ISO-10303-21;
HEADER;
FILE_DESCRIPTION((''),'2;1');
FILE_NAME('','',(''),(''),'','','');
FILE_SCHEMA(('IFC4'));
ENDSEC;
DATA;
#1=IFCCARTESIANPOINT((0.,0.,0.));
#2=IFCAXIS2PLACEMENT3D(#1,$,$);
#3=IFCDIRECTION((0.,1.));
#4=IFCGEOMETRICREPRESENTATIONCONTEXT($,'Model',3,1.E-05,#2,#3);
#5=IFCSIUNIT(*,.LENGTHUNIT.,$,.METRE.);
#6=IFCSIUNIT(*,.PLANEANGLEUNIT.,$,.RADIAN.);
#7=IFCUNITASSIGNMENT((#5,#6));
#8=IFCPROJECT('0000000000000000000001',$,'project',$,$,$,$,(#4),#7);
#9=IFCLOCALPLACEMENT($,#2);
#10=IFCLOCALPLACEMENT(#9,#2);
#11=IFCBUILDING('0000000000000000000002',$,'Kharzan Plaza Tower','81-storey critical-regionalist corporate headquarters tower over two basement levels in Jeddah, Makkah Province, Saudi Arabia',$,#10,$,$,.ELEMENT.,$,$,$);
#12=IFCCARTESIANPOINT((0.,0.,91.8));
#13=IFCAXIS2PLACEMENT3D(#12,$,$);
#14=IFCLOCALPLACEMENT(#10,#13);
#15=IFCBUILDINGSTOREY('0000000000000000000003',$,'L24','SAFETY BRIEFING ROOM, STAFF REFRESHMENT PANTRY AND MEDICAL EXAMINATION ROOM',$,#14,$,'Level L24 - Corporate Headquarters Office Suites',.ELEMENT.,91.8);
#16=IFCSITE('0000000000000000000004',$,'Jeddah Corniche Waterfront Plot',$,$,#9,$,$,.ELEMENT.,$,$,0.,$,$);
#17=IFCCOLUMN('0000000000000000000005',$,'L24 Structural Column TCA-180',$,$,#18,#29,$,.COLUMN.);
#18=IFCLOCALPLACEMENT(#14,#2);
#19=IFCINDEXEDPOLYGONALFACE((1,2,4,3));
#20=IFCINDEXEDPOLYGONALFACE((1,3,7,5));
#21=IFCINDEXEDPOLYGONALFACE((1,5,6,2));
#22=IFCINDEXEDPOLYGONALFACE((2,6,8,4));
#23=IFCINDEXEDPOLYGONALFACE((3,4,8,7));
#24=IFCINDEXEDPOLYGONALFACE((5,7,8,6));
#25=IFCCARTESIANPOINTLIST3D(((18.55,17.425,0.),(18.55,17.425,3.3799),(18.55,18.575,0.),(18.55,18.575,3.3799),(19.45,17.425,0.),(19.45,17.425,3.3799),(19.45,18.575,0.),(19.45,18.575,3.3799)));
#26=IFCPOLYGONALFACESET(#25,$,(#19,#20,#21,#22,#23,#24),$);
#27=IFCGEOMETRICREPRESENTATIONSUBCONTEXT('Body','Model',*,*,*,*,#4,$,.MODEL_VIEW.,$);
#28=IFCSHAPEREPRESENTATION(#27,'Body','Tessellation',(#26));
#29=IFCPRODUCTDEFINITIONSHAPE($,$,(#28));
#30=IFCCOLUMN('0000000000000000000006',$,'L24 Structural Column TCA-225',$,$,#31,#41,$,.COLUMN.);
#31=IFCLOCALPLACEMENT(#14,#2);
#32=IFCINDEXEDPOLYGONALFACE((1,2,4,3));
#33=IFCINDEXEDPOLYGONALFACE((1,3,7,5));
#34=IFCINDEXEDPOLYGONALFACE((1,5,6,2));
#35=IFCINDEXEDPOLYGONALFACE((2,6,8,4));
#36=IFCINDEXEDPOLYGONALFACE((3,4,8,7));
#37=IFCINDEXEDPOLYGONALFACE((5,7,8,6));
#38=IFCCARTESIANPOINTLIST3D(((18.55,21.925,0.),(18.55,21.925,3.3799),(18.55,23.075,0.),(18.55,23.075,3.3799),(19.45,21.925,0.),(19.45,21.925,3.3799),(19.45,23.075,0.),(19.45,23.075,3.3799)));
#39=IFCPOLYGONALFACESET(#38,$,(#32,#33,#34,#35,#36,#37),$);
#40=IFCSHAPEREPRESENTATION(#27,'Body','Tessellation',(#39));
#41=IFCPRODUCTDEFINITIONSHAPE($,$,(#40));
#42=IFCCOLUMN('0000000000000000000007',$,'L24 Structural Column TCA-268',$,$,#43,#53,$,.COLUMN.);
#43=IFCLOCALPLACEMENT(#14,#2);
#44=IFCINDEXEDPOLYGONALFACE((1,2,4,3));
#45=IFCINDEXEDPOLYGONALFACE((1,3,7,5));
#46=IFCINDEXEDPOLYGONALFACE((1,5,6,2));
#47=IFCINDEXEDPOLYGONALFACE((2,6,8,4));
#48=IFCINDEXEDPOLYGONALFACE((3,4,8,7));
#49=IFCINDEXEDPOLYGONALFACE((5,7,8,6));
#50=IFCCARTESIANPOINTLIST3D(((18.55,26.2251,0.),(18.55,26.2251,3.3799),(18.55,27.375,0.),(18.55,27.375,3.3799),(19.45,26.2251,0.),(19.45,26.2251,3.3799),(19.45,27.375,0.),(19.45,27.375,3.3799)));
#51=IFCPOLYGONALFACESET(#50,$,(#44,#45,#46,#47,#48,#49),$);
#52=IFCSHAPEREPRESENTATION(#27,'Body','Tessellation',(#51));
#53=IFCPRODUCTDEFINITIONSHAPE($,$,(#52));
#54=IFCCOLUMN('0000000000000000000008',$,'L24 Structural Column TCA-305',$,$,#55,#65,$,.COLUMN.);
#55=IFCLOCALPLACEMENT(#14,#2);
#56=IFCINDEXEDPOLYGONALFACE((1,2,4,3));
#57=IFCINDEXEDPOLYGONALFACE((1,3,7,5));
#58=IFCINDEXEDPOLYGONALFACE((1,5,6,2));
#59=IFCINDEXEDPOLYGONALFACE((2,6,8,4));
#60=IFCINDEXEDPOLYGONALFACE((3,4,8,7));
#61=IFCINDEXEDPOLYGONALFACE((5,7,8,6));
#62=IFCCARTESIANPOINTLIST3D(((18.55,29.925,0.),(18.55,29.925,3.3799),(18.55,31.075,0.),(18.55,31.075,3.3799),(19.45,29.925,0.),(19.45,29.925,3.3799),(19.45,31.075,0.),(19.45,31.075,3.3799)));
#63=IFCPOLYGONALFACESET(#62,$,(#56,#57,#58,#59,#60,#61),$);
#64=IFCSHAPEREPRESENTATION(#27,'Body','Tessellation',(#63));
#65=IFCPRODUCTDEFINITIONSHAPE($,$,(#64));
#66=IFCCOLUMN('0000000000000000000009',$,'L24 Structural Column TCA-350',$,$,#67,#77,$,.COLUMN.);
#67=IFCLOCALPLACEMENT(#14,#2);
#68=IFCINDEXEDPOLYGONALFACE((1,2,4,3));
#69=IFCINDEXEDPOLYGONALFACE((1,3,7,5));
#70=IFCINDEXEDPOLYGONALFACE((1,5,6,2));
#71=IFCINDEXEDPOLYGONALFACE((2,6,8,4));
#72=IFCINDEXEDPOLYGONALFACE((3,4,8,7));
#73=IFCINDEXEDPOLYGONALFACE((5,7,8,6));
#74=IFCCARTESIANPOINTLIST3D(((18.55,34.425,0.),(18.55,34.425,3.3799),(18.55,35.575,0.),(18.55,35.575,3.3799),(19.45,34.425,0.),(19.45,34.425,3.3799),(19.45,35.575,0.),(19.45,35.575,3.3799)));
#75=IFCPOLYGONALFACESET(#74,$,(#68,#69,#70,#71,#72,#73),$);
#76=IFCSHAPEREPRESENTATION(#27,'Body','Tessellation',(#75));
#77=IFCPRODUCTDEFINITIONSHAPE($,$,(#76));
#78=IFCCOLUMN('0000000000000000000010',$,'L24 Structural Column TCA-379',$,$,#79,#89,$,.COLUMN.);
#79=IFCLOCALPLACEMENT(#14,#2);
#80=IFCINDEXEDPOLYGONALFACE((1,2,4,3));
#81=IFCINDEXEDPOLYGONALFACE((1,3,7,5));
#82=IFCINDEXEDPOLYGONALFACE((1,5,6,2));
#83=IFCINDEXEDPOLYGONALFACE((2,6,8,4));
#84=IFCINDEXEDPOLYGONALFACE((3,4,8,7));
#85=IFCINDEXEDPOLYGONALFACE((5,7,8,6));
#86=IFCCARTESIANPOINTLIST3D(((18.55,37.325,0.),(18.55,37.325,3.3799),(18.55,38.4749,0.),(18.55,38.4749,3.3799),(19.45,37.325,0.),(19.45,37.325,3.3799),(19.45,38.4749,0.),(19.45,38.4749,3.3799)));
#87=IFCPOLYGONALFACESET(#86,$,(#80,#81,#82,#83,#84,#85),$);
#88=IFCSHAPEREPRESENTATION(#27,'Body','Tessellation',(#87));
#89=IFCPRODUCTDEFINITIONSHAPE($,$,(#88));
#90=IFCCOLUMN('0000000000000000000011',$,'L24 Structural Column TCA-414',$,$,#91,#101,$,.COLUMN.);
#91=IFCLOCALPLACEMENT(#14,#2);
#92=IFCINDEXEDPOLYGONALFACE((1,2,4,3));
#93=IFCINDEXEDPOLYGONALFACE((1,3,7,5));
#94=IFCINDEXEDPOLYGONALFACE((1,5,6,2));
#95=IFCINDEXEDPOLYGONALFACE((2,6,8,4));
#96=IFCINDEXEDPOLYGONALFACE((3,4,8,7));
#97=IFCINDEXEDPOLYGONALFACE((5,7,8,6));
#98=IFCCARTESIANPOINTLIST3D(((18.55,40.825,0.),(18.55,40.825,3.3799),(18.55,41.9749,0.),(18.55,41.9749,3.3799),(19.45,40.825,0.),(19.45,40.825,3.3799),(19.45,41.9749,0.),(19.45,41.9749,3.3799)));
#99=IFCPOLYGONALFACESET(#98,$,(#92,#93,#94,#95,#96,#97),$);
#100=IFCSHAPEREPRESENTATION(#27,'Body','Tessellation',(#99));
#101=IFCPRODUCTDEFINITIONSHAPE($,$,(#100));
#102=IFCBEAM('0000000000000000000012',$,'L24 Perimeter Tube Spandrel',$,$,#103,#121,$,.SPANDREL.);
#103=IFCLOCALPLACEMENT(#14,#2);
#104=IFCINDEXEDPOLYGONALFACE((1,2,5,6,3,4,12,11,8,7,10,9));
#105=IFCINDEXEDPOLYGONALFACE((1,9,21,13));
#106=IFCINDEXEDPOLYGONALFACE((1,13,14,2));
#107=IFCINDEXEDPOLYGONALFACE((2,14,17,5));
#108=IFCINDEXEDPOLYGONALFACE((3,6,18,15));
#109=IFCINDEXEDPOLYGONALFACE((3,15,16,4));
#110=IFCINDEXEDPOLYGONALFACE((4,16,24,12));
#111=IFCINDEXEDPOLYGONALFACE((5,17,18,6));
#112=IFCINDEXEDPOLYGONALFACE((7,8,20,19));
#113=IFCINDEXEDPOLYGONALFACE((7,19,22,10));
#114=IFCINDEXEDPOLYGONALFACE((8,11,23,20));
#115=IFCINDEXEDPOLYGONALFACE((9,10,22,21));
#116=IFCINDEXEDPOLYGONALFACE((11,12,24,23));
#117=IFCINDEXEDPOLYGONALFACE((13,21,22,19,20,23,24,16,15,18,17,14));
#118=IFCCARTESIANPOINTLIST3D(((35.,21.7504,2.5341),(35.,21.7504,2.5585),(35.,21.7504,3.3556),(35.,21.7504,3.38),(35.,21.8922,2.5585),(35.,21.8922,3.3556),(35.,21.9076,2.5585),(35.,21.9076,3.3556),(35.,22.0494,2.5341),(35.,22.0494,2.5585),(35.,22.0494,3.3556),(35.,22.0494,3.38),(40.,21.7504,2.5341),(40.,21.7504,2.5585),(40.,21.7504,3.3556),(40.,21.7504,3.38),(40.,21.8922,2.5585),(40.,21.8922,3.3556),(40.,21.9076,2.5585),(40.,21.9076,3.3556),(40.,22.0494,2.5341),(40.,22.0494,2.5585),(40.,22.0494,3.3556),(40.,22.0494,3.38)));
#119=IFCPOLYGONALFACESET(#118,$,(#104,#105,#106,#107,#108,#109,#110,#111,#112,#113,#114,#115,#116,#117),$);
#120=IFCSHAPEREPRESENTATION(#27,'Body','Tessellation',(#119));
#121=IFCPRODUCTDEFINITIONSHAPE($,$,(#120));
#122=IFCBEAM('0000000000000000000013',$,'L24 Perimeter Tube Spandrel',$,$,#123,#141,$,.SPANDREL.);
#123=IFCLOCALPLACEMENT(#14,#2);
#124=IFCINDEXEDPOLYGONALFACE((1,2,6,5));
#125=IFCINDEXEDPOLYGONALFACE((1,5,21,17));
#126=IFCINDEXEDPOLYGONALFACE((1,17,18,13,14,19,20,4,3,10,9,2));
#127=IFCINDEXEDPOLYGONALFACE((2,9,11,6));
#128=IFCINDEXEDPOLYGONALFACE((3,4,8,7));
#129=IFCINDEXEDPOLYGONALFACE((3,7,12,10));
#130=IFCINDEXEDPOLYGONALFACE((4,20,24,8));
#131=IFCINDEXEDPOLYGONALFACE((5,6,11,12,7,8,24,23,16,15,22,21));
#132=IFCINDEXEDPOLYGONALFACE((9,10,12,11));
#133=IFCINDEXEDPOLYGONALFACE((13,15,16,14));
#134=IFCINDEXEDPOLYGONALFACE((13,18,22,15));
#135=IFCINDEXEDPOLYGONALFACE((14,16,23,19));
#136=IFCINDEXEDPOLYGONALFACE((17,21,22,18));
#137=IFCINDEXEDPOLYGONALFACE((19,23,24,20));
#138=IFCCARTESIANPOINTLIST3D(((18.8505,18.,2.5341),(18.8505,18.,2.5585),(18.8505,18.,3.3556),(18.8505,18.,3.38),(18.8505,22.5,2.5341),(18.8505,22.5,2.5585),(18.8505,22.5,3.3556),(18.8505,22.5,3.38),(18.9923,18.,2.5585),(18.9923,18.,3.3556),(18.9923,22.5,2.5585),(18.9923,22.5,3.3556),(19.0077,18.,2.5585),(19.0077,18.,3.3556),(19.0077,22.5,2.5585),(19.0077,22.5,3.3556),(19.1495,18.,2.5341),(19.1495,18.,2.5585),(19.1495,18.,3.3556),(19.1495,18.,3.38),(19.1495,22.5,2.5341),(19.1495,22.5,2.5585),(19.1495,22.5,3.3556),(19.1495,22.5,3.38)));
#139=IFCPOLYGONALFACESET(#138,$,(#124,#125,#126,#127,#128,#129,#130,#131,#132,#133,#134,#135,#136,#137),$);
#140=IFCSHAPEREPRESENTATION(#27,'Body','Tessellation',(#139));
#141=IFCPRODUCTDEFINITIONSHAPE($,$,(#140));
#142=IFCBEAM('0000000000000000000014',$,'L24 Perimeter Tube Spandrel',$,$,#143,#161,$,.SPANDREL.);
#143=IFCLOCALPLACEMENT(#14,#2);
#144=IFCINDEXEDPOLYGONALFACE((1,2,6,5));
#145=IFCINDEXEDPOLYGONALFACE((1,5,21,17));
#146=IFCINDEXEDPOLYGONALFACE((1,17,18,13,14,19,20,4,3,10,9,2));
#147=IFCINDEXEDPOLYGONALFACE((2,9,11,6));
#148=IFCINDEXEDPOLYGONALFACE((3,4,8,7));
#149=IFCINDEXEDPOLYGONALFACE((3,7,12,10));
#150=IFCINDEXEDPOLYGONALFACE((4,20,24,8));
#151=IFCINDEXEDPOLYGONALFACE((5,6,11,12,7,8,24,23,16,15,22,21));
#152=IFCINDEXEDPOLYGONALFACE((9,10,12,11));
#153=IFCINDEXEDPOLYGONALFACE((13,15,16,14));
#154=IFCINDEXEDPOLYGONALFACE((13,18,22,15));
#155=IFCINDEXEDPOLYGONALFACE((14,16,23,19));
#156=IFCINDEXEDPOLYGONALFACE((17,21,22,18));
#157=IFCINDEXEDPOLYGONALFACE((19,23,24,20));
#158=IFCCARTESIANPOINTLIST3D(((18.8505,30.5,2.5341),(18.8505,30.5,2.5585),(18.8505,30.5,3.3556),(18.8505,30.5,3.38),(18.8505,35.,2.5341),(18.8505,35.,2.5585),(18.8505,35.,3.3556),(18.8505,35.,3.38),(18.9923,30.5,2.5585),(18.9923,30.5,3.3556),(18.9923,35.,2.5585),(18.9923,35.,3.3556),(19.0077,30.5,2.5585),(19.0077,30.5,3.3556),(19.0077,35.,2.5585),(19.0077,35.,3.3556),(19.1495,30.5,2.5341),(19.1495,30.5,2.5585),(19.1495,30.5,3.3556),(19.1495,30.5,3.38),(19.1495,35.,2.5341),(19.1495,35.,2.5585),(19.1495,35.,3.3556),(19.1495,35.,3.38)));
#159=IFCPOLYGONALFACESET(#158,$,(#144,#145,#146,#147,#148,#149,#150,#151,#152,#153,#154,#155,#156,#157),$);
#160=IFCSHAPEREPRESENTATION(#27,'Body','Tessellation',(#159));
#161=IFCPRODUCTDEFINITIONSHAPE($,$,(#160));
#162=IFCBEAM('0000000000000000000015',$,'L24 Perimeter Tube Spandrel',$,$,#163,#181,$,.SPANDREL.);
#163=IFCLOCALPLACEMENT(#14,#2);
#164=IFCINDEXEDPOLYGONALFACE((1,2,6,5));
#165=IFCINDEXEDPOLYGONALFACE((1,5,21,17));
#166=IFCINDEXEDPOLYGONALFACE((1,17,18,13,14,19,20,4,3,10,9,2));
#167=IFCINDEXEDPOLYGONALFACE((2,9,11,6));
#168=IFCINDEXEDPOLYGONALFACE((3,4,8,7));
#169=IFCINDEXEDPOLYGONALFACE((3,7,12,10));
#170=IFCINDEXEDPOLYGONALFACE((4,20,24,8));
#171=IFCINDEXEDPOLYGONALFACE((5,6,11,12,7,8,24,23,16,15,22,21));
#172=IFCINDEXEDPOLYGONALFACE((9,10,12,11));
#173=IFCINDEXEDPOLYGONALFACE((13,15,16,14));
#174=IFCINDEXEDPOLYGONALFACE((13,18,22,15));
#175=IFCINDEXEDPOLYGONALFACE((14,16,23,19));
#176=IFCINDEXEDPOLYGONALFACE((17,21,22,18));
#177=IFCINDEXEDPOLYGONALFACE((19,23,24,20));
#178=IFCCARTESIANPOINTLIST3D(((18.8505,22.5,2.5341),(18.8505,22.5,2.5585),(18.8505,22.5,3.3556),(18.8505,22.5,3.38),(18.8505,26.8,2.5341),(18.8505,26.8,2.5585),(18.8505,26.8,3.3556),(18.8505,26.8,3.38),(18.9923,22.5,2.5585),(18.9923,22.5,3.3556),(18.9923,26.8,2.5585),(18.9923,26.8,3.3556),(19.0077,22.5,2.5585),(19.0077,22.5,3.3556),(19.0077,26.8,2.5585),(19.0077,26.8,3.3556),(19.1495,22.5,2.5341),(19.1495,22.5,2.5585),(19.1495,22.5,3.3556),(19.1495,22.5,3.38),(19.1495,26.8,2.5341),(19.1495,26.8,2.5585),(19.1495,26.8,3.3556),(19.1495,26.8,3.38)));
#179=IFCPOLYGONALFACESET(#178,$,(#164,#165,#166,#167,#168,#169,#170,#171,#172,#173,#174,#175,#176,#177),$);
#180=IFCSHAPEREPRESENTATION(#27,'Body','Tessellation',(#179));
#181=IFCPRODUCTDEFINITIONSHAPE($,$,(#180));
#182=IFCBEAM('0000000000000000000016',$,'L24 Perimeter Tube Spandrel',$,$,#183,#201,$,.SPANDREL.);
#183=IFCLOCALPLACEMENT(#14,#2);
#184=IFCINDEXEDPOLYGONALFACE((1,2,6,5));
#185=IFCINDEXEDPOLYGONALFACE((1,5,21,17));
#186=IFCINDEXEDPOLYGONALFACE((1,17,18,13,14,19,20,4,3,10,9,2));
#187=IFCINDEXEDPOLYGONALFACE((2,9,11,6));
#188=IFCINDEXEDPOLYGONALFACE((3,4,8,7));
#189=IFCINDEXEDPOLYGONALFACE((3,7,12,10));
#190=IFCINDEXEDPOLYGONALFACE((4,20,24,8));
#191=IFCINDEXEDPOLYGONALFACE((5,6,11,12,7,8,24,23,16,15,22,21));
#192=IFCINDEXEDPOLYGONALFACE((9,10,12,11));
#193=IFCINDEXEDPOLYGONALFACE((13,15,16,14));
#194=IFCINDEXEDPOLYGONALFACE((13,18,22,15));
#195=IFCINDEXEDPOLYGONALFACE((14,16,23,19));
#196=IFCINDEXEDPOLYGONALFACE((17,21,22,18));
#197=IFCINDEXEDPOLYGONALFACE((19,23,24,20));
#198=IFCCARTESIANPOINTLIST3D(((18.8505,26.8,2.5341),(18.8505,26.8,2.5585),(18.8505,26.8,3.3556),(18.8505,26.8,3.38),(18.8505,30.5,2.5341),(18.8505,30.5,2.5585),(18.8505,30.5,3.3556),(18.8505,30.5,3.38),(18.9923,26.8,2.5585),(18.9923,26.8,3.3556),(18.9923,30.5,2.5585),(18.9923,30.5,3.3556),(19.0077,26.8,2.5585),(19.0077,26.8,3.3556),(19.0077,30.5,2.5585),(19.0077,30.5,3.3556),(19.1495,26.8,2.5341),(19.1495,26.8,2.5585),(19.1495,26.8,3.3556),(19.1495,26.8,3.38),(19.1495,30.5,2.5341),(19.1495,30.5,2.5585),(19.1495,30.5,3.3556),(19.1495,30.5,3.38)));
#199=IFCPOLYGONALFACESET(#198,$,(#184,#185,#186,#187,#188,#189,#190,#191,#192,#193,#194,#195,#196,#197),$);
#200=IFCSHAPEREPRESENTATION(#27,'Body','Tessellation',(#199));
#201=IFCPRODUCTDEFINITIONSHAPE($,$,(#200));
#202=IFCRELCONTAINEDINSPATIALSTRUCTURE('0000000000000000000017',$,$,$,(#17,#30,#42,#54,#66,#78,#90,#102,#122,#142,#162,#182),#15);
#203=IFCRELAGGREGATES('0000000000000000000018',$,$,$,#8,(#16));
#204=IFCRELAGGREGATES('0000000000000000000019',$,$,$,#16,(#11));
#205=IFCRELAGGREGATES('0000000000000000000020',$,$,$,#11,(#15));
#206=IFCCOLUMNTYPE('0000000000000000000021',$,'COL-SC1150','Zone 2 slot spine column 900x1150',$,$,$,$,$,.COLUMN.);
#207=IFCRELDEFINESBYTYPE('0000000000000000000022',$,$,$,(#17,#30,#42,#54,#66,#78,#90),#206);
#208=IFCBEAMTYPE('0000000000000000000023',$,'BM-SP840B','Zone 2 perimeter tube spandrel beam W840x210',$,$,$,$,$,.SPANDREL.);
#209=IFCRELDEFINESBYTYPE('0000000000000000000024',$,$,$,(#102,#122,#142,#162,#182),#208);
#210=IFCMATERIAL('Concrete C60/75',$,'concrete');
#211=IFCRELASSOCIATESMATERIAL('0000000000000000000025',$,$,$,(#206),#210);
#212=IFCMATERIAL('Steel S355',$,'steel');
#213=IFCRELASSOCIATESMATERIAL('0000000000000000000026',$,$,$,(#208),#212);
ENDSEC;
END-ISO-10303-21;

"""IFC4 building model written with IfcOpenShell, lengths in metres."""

from ifc_helpers import new_model, si_unit, direction, frame, origin, origin_2d, place, context, subcontext, project, spatial, rectangle, i_section, extrude, source, transform, mapped, material, material_profile, profile_set, type_object, element, save


model = new_model("IFC4")

# Units and contexts
model_context = context("Model", 3, precision=1e-05, world=origin(), true_north=direction((0.0, 1.0)))
body_context = subcontext(model_context, "Body", "Model", "MODEL_VIEW")
ifc_project = project(units=[si_unit("LENGTHUNIT", "METRE"), si_unit("PLANEANGLEUNIT", "RADIAN")], contexts=[model_context])

# Site, building, storey
site_placement = place(None, origin())
site = spatial("IfcSite", under=ifc_project, at=site_placement, Name="Jeddah Corniche Waterfront Plot", CompositionType="ELEMENT", RefElevation=0.0)
building_placement = place(site_placement, origin())
building = spatial("IfcBuilding", under=site, at=building_placement, Name="Kharzan Plaza Tower", Description="81-storey critical-regionalist corporate headquarters tower over two basement levels in Jeddah, Makkah Province, Saudi Arabia", CompositionType="ELEMENT")
storey_placement = place(building_placement, frame((0.0, 0.0, 91.8)))
storey = spatial("IfcBuildingStorey", under=building, at=storey_placement, Name="L24", Description="SAFETY BRIEFING ROOM, STAFF REFRESHMENT PANTRY AND MEDICAL EXAMINATION ROOM", LongName="Level L24 - Corporate Headquarters Office Suites", CompositionType="ELEMENT", Elevation=91.8)

# Columns
ifc_material_1 = material(Name="Concrete C60/75", Category="concrete")
ifc_material_profile_1 = material_profile(ifc_material_1, rectangle(XDim=0.8999, YDim=1.1499, at=origin_2d()), Name="RC-SC1150x900")
ifc_profile_set_1 = profile_set([ifc_material_profile_1], Name="Concrete C60/75")
column_type = type_object("IfcColumnType", Name="COL-SC1150", Description="Zone 2 slot spine column 900x1150", PredefinedType="COLUMN", material=ifc_profile_set_1)
shared_shape_1 = source(origin(), body_context, "Body", "SweptSolid", [
    extrude(rectangle(XDim=0.8999, YDim=1.1499, at=origin_2d()), origin(), (0.0, 0.0, 1.0), 3.3799),
])
for number, where, z_axis, x_axis, name in (
    (1, (19.0, 18.0, 0.0), (0.0, 0.0, 1.0), (1.0, 0.0, 0.0), "L24 Structural Column TCA-180"),
    (2, (19.0, 22.5, 0.0), (0.0, 0.0, 1.0), (1.0, 0.0, 0.0), "L24 Structural Column TCA-225"),
    (3, (19.0, 26.8, 0.0), (0.0, 0.0, 1.0), (1.0, 0.0, 0.0), "L24 Structural Column TCA-268"),
    (4, (19.0, 30.5, 0.0), (0.0, 0.0, 1.0), (1.0, 0.0, 0.0), "L24 Structural Column TCA-305"),
    (5, (19.0, 35.0, 0.0), (0.0, 0.0, 1.0), (1.0, 0.0, 0.0), "L24 Structural Column TCA-350"),
    (6, (19.0, 37.8999, 0.0), (0.0, 0.0, 1.0), (1.0, 0.0, 0.0), "L24 Structural Column TCA-379"),
    (7, (19.0, 41.3999, 0.0), (0.0, 0.0, 1.0), (1.0, 0.0, 0.0), "L24 Structural Column TCA-414"),
):
    element("IfcColumn", number, at=place(storey_placement, frame(where, z_axis=z_axis, x_axis=x_axis)), inside=storey, type_object=column_type, Name=name, PredefinedType="COLUMN", context=body_context, shape_type="MappedRepresentation", body=[
        mapped(shared_shape_1, transform((0.0, 0.0, 0.0), x_axis=(1.0, 0.0, 0.0), y_axis=(0.0, 1.0, 0.0), z_axis=(0.0, 0.0, 1.0))),
    ])

# Beams
ifc_material_2 = material(Name="Steel S355", Category="steel")
ifc_material_profile_2 = material_profile(ifc_material_2, i_section(OverallWidth=0.2991, OverallDepth=0.8459, WebThickness=0.0154, FlangeThickness=0.0244, at=origin_2d()), Name="W840x210")
ifc_profile_set_2 = profile_set([ifc_material_profile_2], Name="Steel S355")
beam_type = type_object("IfcBeamType", Name="BM-SP840B", Description="Zone 2 perimeter tube spandrel beam W840x210", PredefinedType="SPANDREL", material=ifc_profile_set_2)
shared_shape_2 = source(origin(), body_context, "Body", "SweptSolid", [
    extrude(i_section(OverallWidth=0.2991, OverallDepth=0.8459, WebThickness=0.0154, FlangeThickness=0.0244, at=origin_2d()), origin(), (0.0, 0.0, 1.0), 5.0),
])
beam_1_placement = place(storey_placement, frame((35.0, 21.8999, 2.957), z_axis=(1.0, 0.0, 0.0), x_axis=(0.0, 1.0, 0.0)))
element("IfcBeam", 8, at=beam_1_placement, inside=storey, type_object=beam_type, Name="L24 Perimeter Tube Spandrel", PredefinedType="SPANDREL", context=body_context, shape_type="MappedRepresentation", body=[
    mapped(shared_shape_2, transform((0.0, 0.0, 0.0), x_axis=(1.0, 0.0, 0.0), y_axis=(0.0, 1.0, 0.0), z_axis=(0.0, 0.0, 1.0))),
])
shared_shape_3 = source(origin(), body_context, "Body", "SweptSolid", [
    extrude(i_section(OverallWidth=0.2991, OverallDepth=0.8459, WebThickness=0.0154, FlangeThickness=0.0244, at=origin_2d()), origin(), (0.0, 0.0, 1.0), 4.5),
])
for number, where, z_axis, x_axis, name in (
    (9, (19.0, 18.0, 2.957), (0.0, 1.0, 0.0), (-1.0, 0.0, 0.0), "L24 Perimeter Tube Spandrel"),
    (10, (19.0, 30.5, 2.957), (0.0, 1.0, 0.0), (-1.0, 0.0, 0.0), "L24 Perimeter Tube Spandrel"),
):
    element("IfcBeam", number, at=place(storey_placement, frame(where, z_axis=z_axis, x_axis=x_axis)), inside=storey, type_object=beam_type, Name=name, PredefinedType="SPANDREL", context=body_context, shape_type="MappedRepresentation", body=[
        mapped(shared_shape_3, transform((0.0, 0.0, 0.0), x_axis=(1.0, 0.0, 0.0), y_axis=(0.0, 1.0, 0.0), z_axis=(0.0, 0.0, 1.0))),
    ])
shared_shape_4 = source(origin(), body_context, "Body", "SweptSolid", [
    extrude(i_section(OverallWidth=0.2991, OverallDepth=0.8459, WebThickness=0.0154, FlangeThickness=0.0244, at=origin_2d()), origin(), (0.0, 0.0, 1.0), 4.3),
])
beam_2_placement = place(storey_placement, frame((19.0, 22.5, 2.957), z_axis=(0.0, 1.0, 0.0), x_axis=(-1.0, 0.0, 0.0)))
element("IfcBeam", 11, at=beam_2_placement, inside=storey, type_object=beam_type, Name="L24 Perimeter Tube Spandrel", PredefinedType="SPANDREL", context=body_context, shape_type="MappedRepresentation", body=[
    mapped(shared_shape_4, transform((0.0, 0.0, 0.0), x_axis=(1.0, 0.0, 0.0), y_axis=(0.0, 1.0, 0.0), z_axis=(0.0, 0.0, 1.0))),
])
shared_shape_5 = source(origin(), body_context, "Body", "SweptSolid", [
    extrude(i_section(OverallWidth=0.2991, OverallDepth=0.8459, WebThickness=0.0154, FlangeThickness=0.0244, at=origin_2d()), origin(), (0.0, 0.0, 1.0), 3.7),
])
beam_3_placement = place(storey_placement, frame((19.0, 26.8, 2.957), z_axis=(0.0, 1.0, 0.0), x_axis=(-1.0, 0.0, 0.0)))
element("IfcBeam", 12, at=beam_3_placement, inside=storey, type_object=beam_type, Name="L24 Perimeter Tube Spandrel", PredefinedType="SPANDREL", context=body_context, shape_type="MappedRepresentation", body=[
    mapped(shared_shape_5, transform((0.0, 0.0, 0.0), x_axis=(1.0, 0.0, 0.0), y_axis=(0.0, 1.0, 0.0), z_axis=(0.0, 0.0, 1.0))),
])

save(model, "model.ifc")
